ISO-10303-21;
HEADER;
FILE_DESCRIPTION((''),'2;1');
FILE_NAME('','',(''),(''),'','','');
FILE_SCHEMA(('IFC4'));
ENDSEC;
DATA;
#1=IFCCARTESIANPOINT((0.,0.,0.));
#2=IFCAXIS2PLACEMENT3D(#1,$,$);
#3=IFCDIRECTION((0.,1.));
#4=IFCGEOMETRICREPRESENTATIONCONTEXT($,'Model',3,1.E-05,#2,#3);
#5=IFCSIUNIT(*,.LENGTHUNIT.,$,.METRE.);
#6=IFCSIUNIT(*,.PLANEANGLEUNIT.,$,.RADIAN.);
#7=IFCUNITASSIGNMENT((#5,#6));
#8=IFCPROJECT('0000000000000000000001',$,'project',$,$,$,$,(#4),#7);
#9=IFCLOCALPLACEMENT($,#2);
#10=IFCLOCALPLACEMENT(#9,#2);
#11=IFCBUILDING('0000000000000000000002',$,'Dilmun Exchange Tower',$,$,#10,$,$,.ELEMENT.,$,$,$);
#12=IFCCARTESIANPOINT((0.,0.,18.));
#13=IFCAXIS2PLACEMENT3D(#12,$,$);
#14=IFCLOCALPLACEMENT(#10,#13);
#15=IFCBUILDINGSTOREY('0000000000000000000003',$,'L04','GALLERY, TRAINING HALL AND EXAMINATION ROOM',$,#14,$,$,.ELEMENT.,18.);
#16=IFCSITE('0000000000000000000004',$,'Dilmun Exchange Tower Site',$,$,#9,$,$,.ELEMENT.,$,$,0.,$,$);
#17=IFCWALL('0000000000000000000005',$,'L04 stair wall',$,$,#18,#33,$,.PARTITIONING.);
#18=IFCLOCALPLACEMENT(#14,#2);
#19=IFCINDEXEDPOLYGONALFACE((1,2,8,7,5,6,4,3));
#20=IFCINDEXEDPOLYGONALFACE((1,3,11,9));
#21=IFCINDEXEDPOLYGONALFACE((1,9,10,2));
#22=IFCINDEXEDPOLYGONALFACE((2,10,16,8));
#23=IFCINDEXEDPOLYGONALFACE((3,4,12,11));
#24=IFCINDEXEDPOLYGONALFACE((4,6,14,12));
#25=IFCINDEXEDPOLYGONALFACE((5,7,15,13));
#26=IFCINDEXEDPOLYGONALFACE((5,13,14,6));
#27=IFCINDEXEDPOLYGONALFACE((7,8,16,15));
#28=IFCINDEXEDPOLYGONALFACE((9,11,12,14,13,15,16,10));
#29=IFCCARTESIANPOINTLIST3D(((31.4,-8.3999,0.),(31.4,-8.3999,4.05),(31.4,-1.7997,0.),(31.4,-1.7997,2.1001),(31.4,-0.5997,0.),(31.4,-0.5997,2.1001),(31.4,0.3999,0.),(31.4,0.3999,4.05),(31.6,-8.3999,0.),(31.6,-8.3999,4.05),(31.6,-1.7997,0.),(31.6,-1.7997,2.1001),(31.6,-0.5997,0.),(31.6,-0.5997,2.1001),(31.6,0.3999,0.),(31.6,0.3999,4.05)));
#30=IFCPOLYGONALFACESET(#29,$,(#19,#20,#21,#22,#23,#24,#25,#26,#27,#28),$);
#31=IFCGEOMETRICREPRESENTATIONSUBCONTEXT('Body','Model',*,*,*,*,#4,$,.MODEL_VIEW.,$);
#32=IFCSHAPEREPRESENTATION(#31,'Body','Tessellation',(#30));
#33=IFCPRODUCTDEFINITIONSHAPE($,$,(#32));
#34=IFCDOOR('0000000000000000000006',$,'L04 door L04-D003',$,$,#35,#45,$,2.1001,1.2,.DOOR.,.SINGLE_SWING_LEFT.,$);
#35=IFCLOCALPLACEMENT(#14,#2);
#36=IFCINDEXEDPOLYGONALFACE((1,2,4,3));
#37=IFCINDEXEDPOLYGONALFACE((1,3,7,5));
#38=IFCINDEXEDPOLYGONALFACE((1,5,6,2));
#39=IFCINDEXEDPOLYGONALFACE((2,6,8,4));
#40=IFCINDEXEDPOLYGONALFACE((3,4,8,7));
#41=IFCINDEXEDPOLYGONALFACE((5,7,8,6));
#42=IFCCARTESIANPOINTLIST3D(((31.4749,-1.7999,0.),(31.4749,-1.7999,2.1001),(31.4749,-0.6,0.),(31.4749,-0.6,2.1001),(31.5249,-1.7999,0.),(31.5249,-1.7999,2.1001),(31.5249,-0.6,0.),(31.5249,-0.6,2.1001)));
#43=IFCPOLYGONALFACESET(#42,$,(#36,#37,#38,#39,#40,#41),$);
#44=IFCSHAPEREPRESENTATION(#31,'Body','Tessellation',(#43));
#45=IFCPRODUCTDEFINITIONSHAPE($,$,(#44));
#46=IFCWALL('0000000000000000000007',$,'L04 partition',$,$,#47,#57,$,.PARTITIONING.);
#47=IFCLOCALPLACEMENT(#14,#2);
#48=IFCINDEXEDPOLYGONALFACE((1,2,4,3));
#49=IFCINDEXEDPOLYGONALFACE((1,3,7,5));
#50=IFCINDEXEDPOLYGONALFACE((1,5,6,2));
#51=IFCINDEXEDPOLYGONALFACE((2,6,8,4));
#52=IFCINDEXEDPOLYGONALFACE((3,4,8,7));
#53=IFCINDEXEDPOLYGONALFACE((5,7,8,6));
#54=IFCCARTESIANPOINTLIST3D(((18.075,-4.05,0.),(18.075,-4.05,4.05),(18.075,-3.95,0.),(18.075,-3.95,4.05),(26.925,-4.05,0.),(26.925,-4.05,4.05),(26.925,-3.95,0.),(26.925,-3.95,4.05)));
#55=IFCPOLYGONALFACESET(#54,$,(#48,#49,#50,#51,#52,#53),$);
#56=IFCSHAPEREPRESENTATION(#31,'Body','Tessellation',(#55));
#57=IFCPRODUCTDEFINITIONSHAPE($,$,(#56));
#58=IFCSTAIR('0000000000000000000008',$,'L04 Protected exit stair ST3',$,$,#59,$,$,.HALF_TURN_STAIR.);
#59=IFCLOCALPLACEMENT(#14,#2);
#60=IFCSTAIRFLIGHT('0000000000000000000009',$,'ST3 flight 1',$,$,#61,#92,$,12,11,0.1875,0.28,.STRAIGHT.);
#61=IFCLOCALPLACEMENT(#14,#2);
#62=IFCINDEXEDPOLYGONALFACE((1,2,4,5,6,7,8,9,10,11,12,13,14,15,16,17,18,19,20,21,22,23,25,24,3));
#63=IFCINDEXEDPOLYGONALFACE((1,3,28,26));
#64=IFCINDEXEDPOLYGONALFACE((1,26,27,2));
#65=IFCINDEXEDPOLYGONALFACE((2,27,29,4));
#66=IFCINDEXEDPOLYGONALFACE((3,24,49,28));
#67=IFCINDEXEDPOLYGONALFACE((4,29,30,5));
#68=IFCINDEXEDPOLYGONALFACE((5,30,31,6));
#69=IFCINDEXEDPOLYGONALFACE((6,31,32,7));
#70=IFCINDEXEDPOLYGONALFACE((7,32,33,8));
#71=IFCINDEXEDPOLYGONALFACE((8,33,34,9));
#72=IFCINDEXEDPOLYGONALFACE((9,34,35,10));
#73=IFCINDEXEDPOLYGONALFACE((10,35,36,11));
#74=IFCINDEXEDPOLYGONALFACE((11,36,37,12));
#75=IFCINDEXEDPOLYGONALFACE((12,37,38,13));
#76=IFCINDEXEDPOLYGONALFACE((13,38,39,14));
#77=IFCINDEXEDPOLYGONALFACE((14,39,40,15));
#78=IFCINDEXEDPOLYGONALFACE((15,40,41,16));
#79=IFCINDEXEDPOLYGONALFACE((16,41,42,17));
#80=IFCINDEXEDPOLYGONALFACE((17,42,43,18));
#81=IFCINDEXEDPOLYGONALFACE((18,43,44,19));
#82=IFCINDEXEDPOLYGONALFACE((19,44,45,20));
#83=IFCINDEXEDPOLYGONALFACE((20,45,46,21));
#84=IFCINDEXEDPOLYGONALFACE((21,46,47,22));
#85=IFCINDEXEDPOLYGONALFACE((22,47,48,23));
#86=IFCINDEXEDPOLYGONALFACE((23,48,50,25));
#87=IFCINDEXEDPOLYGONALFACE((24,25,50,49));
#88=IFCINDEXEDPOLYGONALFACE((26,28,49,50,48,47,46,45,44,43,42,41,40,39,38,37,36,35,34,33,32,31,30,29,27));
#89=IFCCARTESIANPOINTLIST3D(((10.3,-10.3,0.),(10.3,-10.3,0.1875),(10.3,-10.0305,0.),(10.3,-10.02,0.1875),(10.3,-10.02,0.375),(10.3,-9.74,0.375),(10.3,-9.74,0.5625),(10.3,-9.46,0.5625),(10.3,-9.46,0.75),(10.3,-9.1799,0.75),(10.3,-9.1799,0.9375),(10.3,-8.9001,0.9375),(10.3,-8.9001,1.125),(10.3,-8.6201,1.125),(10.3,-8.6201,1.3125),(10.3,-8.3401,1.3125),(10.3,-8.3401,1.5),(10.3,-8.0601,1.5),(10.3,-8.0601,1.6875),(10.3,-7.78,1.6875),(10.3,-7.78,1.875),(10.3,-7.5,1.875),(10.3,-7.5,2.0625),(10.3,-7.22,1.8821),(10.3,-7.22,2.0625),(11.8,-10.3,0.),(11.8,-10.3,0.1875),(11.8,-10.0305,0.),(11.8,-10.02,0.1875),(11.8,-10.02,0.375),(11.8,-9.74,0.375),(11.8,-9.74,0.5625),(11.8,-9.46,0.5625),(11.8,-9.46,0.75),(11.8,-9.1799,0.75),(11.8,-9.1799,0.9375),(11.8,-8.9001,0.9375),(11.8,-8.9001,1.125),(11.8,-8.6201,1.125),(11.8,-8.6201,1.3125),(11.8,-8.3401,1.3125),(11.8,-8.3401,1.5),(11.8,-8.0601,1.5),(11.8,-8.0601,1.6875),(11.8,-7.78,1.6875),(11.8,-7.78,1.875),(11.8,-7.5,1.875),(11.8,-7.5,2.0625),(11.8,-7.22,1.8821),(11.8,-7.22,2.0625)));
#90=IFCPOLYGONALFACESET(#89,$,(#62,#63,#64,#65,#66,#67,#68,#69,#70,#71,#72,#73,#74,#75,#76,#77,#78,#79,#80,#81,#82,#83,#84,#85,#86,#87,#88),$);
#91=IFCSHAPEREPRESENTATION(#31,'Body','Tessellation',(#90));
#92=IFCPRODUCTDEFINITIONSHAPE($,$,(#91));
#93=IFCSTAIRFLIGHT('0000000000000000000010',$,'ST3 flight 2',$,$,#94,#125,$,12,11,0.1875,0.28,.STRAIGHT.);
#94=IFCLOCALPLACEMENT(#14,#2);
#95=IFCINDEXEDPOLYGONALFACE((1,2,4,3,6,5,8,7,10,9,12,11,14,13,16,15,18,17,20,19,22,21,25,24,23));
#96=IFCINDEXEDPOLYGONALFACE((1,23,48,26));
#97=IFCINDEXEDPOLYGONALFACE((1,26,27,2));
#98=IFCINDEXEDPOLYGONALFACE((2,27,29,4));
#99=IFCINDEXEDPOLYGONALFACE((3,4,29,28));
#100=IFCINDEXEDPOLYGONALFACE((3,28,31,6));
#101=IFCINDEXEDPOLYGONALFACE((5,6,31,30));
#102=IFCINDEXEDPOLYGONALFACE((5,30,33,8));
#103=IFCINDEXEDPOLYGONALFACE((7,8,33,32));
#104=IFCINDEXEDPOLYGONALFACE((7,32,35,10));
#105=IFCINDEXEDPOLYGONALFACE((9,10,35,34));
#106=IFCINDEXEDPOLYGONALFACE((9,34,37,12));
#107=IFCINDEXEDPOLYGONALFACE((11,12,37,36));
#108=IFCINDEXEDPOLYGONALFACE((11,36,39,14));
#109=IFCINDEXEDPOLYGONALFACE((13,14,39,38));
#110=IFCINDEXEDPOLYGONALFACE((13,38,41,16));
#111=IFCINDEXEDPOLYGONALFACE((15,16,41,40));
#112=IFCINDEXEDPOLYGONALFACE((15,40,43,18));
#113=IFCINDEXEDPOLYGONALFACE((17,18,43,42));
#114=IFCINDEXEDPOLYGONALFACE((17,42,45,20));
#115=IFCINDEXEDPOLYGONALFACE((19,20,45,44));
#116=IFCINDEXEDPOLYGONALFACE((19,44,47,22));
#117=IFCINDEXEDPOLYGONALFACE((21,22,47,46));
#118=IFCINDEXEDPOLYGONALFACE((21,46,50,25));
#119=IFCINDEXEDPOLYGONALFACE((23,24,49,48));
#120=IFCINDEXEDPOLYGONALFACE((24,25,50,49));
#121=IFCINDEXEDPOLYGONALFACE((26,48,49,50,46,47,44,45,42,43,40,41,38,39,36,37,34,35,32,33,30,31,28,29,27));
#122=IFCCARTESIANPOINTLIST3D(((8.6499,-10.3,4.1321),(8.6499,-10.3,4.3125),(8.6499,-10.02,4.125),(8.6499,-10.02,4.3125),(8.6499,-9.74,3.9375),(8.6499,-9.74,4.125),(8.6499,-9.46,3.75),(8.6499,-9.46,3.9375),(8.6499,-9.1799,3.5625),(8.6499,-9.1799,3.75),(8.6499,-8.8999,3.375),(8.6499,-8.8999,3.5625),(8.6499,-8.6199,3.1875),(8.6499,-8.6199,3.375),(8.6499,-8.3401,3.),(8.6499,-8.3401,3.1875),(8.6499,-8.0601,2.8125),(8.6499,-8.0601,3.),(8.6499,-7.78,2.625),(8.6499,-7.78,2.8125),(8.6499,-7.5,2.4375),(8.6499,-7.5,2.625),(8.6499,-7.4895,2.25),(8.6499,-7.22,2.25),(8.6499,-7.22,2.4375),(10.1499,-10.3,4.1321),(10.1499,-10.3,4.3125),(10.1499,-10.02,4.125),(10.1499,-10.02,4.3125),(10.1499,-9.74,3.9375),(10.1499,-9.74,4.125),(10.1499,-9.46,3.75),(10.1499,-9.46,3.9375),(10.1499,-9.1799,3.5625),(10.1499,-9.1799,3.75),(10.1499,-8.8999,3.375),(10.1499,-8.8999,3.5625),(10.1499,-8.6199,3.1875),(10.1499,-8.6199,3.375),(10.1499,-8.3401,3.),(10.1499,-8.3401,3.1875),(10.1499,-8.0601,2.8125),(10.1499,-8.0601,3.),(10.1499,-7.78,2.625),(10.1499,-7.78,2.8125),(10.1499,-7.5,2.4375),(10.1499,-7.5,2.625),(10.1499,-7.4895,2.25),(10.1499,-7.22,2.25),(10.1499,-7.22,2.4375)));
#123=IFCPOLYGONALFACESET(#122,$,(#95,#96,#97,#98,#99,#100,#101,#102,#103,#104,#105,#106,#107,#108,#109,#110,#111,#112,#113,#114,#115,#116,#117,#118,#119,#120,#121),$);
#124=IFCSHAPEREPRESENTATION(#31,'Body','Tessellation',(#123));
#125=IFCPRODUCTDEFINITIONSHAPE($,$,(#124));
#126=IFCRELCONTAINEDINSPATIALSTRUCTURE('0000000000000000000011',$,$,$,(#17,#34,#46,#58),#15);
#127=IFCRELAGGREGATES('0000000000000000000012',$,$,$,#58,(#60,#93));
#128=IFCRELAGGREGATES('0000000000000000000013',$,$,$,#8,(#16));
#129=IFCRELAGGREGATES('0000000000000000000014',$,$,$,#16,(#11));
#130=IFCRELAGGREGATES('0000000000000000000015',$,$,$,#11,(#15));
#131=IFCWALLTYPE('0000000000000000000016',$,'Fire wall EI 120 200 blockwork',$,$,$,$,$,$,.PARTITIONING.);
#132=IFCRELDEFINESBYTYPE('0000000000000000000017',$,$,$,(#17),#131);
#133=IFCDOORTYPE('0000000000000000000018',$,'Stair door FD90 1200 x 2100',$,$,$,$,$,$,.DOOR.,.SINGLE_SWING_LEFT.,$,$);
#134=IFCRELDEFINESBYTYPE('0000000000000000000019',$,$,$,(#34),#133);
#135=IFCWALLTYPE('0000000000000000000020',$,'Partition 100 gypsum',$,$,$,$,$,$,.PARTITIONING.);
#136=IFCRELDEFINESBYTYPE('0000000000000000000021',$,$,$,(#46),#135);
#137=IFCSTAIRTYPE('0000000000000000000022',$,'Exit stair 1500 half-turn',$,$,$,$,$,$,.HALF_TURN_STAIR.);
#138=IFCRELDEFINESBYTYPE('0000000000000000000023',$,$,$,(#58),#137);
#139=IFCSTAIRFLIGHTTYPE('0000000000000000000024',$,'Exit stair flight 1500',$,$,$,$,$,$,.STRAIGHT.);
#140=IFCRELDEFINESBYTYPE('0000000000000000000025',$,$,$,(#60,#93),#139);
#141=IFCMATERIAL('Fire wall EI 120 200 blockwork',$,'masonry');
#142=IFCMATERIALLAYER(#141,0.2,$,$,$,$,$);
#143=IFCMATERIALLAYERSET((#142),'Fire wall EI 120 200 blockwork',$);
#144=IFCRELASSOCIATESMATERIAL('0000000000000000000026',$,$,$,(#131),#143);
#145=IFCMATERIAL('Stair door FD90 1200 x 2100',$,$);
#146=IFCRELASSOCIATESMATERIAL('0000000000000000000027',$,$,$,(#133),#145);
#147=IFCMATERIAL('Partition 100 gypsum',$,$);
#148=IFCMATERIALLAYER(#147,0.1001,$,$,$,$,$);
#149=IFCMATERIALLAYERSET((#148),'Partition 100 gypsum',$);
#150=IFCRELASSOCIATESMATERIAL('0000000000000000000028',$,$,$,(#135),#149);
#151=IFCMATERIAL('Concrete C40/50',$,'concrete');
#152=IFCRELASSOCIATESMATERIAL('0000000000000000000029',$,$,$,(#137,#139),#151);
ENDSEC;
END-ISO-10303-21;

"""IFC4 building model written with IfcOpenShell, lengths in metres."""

from ifc_helpers import new_model, si_unit, direction, frame, frame_2d, origin, place, context, subcontext, project, spatial, polyline, rectangle, outline, extrude, material, layer, layer_set, type_object, element, fill, aggregate, save


model = new_model("IFC4")

# Units and contexts
model_context = context("Model", 3, precision=1e-05, world=origin(), true_north=direction((0.0, 1.0)))
body_context = subcontext(model_context, "Body", "Model", "MODEL_VIEW")
ifc_project = project(units=[si_unit("LENGTHUNIT", "METRE"), si_unit("PLANEANGLEUNIT", "RADIAN")], contexts=[model_context])

# Site, building, storey
site_placement = place(None, origin())
site = spatial("IfcSite", under=ifc_project, at=site_placement, Name="Dilmun Exchange Tower Site", CompositionType="ELEMENT", RefElevation=0.0)
building_placement = place(site_placement, origin())
building = spatial("IfcBuilding", under=site, at=building_placement, Name="Dilmun Exchange Tower", CompositionType="ELEMENT")
storey_placement = place(building_placement, frame((0.0, 0.0, 18.0)))
storey = spatial("IfcBuildingStorey", under=building, at=storey_placement, Name="L04", Description="GALLERY, TRAINING HALL AND EXAMINATION ROOM", CompositionType="ELEMENT", Elevation=18.0)

# Shared definitions
ifc_material_1 = material(Name="Fire wall EI 120 200 blockwork", Category="masonry")
ifc_layer_1 = layer(ifc_material_1, 0.2)
ifc_layer_set_1 = layer_set([ifc_layer_1], Name="Fire wall EI 120 200 blockwork")
wall_type_1 = type_object("IfcWallType", Name="Fire wall EI 120 200 blockwork", PredefinedType="PARTITIONING", material=ifc_layer_set_1)

# Wall, opening, door
wall_1_placement = place(storey_placement, frame((31.5, -8.3999, 0.0), z_axis=(0.0, 0.0, 1.0), x_axis=(0.0, 1.0, 0.0)))
wall_1 = element("IfcWall", 1, at=wall_1_placement, inside=storey, type_object=wall_type_1, Name="L04 stair wall", PredefinedType="PARTITIONING", context=body_context, shape_type="SweptSolid", body=[
    extrude(rectangle(XDim=8.7998, YDim=0.2, at=frame_2d((4.3999, 0.0))), origin(), (0.0, 0.0, 1.0), 4.05),
])
opening_1_placement = place(wall_1_placement, frame((6.6001, 0.0, 0.0)))
opening_1 = element("IfcOpeningElement", 2, at=opening_1_placement, cuts=wall_1, PredefinedType="OPENING", context=body_context, shape_type="SweptSolid", body=[
    extrude(rectangle(XDim=1.2, YDim=2.1001, at=frame_2d((0.6001, 1.05))), frame((0.0, 0.1099, 0.0), z_axis=(0.0, -1.0, 0.0), x_axis=(1.0, 0.0, 0.0)), (0.0, 0.0, 1.0), 0.22),
])
ifc_material_2 = material(Name="Stair door FD90 1200 x 2100")
door_type_1 = type_object("IfcDoorType", Name="Stair door FD90 1200 x 2100", OperationType="SINGLE_SWING_LEFT", PredefinedType="DOOR", material=ifc_material_2)
door_1_placement = place(opening_1_placement, frame((1.2, 0.0, 0.0), z_axis=(0.0, 0.0, 1.0), x_axis=(-1.0, 0.0, 0.0)))
door_1 = element("IfcDoor", 3, at=door_1_placement, inside=storey, type_object=door_type_1, Name="L04 door L04-D003", OperationType="SINGLE_SWING_LEFT", OverallHeight=2.1001, OverallWidth=1.2, PredefinedType="DOOR", context=body_context, shape_type="SweptSolid", body=[
    extrude(rectangle(XDim=1.2, YDim=2.1001, at=frame_2d((0.6001, 1.05))), frame((0.0, 0.0249, 0.0), z_axis=(0.0, -1.0, 0.0), x_axis=(1.0, 0.0, 0.0)), (0.0, 0.0, 1.0), 0.05),
])
fill(opening_1, door_1)

# Wall
ifc_material_3 = material(Name="Partition 100 gypsum")
ifc_layer_2 = layer(ifc_material_3, 0.1001)
ifc_layer_set_2 = layer_set([ifc_layer_2], Name="Partition 100 gypsum")
wall_type_2 = type_object("IfcWallType", Name="Partition 100 gypsum", PredefinedType="PARTITIONING", material=ifc_layer_set_2)
wall_2_placement = place(storey_placement, frame((18.075, -4.0, 0.0), z_axis=(0.0, 0.0, 1.0), x_axis=(1.0, 0.0, 0.0)))
element("IfcWall", 4, at=wall_2_placement, inside=storey, type_object=wall_type_2, Name="L04 partition", PredefinedType="PARTITIONING", context=body_context, shape_type="SweptSolid", body=[
    extrude(rectangle(XDim=8.8501, YDim=0.1001, at=frame_2d((4.425, 0.0))), origin(), (0.0, 0.0, 1.0), 4.05),
])

# Stair, stair flights
ifc_material_4 = material(Name="Concrete C40/50", Category="concrete")
stair_type = type_object("IfcStairType", Name="Exit stair 1500 half-turn", PredefinedType="HALF_TURN_STAIR", material=ifc_material_4)
stair_placement = place(storey_placement, origin())
stair = element("IfcStair", 5, at=stair_placement, inside=storey, type_object=stair_type, Name="L04 Protected exit stair ST3", PredefinedType="HALF_TURN_STAIR")
stair_flight_type = type_object("IfcStairFlightType", Name="Exit stair flight 1500", PredefinedType="STRAIGHT", material=ifc_material_4)
stair_flight_1_placement = place(storey_placement, frame((11.05, -10.3, 0.0), z_axis=(0.0, 0.0, 1.0), x_axis=(0.0, 1.0, 0.0)))
stair_flight_1 = element("IfcStairFlight", 6, at=stair_flight_1_placement, type_object=stair_flight_type, Name="ST3 flight 1", NumberOfRisers=12, NumberOfTreads=11, PredefinedType="STRAIGHT", RiserHeight=0.1875, TreadLength=0.28, context=body_context, shape_type="SweptSolid", body=[
    extrude(outline(polyline([(0.0, 0.0), (0.0, 0.1875), (0.28, 0.1875), (0.28, 0.375), (0.5601, 0.375), (0.5601, 0.5625), (0.8401, 0.5625), (0.8401, 0.75), (1.1201, 0.75), (1.1201, 0.9375), (1.3999, 0.9375), (1.3999, 1.125), (1.6799, 1.125), (1.6799, 1.3125), (1.96, 1.3125), (1.96, 1.5), (2.24, 1.5), (2.24, 1.6875), (2.52, 1.6875), (2.52, 1.875), (2.8, 1.875), (2.8, 2.0625), (3.0801, 2.0625), (3.0801, 2.25), (3.0801, 1.8821), (0.2695, 0.0), (0.0, 0.0)])), frame((0.0, 0.75, 0.0), z_axis=(0.0, -1.0, 0.0), x_axis=(1.0, 0.0, 0.0)), (0.0, 0.0, 1.0), 1.5),
])
stair_flight_2_placement = place(storey_placement, frame((9.3999, -7.22, 2.25), z_axis=(0.0, 0.0, 1.0), x_axis=(0.0, -1.0, 0.0)))
stair_flight_2 = element("IfcStairFlight", 7, at=stair_flight_2_placement, type_object=stair_flight_type, Name="ST3 flight 2", NumberOfRisers=12, NumberOfTreads=11, PredefinedType="STRAIGHT", RiserHeight=0.1875, TreadLength=0.28, context=body_context, shape_type="SweptSolid", body=[
    extrude(outline(polyline([(0.0, 0.0), (0.0, 0.1875), (0.28, 0.1875), (0.28, 0.375), (0.5601, 0.375), (0.5601, 0.5625), (0.8401, 0.5625), (0.8401, 0.75), (1.1201, 0.75), (1.1201, 0.9375), (1.3999, 0.9375), (1.3999, 1.125), (1.6799, 1.125), (1.6799, 1.3125), (1.96, 1.3125), (1.96, 1.5), (2.24, 1.5), (2.24, 1.6875), (2.52, 1.6875), (2.52, 1.875), (2.8, 1.875), (2.8, 2.0625), (3.0801, 2.0625), (3.0801, 2.25), (3.0801, 1.8821), (0.2695, 0.0), (0.0, 0.0)])), frame((0.0, 0.75, 0.0), z_axis=(0.0, -1.0, 0.0), x_axis=(1.0, 0.0, 0.0)), (0.0, 0.0, 1.0), 1.5),
])
aggregate(stair, [stair_flight_1, stair_flight_2])

save(model, "model.ifc")
